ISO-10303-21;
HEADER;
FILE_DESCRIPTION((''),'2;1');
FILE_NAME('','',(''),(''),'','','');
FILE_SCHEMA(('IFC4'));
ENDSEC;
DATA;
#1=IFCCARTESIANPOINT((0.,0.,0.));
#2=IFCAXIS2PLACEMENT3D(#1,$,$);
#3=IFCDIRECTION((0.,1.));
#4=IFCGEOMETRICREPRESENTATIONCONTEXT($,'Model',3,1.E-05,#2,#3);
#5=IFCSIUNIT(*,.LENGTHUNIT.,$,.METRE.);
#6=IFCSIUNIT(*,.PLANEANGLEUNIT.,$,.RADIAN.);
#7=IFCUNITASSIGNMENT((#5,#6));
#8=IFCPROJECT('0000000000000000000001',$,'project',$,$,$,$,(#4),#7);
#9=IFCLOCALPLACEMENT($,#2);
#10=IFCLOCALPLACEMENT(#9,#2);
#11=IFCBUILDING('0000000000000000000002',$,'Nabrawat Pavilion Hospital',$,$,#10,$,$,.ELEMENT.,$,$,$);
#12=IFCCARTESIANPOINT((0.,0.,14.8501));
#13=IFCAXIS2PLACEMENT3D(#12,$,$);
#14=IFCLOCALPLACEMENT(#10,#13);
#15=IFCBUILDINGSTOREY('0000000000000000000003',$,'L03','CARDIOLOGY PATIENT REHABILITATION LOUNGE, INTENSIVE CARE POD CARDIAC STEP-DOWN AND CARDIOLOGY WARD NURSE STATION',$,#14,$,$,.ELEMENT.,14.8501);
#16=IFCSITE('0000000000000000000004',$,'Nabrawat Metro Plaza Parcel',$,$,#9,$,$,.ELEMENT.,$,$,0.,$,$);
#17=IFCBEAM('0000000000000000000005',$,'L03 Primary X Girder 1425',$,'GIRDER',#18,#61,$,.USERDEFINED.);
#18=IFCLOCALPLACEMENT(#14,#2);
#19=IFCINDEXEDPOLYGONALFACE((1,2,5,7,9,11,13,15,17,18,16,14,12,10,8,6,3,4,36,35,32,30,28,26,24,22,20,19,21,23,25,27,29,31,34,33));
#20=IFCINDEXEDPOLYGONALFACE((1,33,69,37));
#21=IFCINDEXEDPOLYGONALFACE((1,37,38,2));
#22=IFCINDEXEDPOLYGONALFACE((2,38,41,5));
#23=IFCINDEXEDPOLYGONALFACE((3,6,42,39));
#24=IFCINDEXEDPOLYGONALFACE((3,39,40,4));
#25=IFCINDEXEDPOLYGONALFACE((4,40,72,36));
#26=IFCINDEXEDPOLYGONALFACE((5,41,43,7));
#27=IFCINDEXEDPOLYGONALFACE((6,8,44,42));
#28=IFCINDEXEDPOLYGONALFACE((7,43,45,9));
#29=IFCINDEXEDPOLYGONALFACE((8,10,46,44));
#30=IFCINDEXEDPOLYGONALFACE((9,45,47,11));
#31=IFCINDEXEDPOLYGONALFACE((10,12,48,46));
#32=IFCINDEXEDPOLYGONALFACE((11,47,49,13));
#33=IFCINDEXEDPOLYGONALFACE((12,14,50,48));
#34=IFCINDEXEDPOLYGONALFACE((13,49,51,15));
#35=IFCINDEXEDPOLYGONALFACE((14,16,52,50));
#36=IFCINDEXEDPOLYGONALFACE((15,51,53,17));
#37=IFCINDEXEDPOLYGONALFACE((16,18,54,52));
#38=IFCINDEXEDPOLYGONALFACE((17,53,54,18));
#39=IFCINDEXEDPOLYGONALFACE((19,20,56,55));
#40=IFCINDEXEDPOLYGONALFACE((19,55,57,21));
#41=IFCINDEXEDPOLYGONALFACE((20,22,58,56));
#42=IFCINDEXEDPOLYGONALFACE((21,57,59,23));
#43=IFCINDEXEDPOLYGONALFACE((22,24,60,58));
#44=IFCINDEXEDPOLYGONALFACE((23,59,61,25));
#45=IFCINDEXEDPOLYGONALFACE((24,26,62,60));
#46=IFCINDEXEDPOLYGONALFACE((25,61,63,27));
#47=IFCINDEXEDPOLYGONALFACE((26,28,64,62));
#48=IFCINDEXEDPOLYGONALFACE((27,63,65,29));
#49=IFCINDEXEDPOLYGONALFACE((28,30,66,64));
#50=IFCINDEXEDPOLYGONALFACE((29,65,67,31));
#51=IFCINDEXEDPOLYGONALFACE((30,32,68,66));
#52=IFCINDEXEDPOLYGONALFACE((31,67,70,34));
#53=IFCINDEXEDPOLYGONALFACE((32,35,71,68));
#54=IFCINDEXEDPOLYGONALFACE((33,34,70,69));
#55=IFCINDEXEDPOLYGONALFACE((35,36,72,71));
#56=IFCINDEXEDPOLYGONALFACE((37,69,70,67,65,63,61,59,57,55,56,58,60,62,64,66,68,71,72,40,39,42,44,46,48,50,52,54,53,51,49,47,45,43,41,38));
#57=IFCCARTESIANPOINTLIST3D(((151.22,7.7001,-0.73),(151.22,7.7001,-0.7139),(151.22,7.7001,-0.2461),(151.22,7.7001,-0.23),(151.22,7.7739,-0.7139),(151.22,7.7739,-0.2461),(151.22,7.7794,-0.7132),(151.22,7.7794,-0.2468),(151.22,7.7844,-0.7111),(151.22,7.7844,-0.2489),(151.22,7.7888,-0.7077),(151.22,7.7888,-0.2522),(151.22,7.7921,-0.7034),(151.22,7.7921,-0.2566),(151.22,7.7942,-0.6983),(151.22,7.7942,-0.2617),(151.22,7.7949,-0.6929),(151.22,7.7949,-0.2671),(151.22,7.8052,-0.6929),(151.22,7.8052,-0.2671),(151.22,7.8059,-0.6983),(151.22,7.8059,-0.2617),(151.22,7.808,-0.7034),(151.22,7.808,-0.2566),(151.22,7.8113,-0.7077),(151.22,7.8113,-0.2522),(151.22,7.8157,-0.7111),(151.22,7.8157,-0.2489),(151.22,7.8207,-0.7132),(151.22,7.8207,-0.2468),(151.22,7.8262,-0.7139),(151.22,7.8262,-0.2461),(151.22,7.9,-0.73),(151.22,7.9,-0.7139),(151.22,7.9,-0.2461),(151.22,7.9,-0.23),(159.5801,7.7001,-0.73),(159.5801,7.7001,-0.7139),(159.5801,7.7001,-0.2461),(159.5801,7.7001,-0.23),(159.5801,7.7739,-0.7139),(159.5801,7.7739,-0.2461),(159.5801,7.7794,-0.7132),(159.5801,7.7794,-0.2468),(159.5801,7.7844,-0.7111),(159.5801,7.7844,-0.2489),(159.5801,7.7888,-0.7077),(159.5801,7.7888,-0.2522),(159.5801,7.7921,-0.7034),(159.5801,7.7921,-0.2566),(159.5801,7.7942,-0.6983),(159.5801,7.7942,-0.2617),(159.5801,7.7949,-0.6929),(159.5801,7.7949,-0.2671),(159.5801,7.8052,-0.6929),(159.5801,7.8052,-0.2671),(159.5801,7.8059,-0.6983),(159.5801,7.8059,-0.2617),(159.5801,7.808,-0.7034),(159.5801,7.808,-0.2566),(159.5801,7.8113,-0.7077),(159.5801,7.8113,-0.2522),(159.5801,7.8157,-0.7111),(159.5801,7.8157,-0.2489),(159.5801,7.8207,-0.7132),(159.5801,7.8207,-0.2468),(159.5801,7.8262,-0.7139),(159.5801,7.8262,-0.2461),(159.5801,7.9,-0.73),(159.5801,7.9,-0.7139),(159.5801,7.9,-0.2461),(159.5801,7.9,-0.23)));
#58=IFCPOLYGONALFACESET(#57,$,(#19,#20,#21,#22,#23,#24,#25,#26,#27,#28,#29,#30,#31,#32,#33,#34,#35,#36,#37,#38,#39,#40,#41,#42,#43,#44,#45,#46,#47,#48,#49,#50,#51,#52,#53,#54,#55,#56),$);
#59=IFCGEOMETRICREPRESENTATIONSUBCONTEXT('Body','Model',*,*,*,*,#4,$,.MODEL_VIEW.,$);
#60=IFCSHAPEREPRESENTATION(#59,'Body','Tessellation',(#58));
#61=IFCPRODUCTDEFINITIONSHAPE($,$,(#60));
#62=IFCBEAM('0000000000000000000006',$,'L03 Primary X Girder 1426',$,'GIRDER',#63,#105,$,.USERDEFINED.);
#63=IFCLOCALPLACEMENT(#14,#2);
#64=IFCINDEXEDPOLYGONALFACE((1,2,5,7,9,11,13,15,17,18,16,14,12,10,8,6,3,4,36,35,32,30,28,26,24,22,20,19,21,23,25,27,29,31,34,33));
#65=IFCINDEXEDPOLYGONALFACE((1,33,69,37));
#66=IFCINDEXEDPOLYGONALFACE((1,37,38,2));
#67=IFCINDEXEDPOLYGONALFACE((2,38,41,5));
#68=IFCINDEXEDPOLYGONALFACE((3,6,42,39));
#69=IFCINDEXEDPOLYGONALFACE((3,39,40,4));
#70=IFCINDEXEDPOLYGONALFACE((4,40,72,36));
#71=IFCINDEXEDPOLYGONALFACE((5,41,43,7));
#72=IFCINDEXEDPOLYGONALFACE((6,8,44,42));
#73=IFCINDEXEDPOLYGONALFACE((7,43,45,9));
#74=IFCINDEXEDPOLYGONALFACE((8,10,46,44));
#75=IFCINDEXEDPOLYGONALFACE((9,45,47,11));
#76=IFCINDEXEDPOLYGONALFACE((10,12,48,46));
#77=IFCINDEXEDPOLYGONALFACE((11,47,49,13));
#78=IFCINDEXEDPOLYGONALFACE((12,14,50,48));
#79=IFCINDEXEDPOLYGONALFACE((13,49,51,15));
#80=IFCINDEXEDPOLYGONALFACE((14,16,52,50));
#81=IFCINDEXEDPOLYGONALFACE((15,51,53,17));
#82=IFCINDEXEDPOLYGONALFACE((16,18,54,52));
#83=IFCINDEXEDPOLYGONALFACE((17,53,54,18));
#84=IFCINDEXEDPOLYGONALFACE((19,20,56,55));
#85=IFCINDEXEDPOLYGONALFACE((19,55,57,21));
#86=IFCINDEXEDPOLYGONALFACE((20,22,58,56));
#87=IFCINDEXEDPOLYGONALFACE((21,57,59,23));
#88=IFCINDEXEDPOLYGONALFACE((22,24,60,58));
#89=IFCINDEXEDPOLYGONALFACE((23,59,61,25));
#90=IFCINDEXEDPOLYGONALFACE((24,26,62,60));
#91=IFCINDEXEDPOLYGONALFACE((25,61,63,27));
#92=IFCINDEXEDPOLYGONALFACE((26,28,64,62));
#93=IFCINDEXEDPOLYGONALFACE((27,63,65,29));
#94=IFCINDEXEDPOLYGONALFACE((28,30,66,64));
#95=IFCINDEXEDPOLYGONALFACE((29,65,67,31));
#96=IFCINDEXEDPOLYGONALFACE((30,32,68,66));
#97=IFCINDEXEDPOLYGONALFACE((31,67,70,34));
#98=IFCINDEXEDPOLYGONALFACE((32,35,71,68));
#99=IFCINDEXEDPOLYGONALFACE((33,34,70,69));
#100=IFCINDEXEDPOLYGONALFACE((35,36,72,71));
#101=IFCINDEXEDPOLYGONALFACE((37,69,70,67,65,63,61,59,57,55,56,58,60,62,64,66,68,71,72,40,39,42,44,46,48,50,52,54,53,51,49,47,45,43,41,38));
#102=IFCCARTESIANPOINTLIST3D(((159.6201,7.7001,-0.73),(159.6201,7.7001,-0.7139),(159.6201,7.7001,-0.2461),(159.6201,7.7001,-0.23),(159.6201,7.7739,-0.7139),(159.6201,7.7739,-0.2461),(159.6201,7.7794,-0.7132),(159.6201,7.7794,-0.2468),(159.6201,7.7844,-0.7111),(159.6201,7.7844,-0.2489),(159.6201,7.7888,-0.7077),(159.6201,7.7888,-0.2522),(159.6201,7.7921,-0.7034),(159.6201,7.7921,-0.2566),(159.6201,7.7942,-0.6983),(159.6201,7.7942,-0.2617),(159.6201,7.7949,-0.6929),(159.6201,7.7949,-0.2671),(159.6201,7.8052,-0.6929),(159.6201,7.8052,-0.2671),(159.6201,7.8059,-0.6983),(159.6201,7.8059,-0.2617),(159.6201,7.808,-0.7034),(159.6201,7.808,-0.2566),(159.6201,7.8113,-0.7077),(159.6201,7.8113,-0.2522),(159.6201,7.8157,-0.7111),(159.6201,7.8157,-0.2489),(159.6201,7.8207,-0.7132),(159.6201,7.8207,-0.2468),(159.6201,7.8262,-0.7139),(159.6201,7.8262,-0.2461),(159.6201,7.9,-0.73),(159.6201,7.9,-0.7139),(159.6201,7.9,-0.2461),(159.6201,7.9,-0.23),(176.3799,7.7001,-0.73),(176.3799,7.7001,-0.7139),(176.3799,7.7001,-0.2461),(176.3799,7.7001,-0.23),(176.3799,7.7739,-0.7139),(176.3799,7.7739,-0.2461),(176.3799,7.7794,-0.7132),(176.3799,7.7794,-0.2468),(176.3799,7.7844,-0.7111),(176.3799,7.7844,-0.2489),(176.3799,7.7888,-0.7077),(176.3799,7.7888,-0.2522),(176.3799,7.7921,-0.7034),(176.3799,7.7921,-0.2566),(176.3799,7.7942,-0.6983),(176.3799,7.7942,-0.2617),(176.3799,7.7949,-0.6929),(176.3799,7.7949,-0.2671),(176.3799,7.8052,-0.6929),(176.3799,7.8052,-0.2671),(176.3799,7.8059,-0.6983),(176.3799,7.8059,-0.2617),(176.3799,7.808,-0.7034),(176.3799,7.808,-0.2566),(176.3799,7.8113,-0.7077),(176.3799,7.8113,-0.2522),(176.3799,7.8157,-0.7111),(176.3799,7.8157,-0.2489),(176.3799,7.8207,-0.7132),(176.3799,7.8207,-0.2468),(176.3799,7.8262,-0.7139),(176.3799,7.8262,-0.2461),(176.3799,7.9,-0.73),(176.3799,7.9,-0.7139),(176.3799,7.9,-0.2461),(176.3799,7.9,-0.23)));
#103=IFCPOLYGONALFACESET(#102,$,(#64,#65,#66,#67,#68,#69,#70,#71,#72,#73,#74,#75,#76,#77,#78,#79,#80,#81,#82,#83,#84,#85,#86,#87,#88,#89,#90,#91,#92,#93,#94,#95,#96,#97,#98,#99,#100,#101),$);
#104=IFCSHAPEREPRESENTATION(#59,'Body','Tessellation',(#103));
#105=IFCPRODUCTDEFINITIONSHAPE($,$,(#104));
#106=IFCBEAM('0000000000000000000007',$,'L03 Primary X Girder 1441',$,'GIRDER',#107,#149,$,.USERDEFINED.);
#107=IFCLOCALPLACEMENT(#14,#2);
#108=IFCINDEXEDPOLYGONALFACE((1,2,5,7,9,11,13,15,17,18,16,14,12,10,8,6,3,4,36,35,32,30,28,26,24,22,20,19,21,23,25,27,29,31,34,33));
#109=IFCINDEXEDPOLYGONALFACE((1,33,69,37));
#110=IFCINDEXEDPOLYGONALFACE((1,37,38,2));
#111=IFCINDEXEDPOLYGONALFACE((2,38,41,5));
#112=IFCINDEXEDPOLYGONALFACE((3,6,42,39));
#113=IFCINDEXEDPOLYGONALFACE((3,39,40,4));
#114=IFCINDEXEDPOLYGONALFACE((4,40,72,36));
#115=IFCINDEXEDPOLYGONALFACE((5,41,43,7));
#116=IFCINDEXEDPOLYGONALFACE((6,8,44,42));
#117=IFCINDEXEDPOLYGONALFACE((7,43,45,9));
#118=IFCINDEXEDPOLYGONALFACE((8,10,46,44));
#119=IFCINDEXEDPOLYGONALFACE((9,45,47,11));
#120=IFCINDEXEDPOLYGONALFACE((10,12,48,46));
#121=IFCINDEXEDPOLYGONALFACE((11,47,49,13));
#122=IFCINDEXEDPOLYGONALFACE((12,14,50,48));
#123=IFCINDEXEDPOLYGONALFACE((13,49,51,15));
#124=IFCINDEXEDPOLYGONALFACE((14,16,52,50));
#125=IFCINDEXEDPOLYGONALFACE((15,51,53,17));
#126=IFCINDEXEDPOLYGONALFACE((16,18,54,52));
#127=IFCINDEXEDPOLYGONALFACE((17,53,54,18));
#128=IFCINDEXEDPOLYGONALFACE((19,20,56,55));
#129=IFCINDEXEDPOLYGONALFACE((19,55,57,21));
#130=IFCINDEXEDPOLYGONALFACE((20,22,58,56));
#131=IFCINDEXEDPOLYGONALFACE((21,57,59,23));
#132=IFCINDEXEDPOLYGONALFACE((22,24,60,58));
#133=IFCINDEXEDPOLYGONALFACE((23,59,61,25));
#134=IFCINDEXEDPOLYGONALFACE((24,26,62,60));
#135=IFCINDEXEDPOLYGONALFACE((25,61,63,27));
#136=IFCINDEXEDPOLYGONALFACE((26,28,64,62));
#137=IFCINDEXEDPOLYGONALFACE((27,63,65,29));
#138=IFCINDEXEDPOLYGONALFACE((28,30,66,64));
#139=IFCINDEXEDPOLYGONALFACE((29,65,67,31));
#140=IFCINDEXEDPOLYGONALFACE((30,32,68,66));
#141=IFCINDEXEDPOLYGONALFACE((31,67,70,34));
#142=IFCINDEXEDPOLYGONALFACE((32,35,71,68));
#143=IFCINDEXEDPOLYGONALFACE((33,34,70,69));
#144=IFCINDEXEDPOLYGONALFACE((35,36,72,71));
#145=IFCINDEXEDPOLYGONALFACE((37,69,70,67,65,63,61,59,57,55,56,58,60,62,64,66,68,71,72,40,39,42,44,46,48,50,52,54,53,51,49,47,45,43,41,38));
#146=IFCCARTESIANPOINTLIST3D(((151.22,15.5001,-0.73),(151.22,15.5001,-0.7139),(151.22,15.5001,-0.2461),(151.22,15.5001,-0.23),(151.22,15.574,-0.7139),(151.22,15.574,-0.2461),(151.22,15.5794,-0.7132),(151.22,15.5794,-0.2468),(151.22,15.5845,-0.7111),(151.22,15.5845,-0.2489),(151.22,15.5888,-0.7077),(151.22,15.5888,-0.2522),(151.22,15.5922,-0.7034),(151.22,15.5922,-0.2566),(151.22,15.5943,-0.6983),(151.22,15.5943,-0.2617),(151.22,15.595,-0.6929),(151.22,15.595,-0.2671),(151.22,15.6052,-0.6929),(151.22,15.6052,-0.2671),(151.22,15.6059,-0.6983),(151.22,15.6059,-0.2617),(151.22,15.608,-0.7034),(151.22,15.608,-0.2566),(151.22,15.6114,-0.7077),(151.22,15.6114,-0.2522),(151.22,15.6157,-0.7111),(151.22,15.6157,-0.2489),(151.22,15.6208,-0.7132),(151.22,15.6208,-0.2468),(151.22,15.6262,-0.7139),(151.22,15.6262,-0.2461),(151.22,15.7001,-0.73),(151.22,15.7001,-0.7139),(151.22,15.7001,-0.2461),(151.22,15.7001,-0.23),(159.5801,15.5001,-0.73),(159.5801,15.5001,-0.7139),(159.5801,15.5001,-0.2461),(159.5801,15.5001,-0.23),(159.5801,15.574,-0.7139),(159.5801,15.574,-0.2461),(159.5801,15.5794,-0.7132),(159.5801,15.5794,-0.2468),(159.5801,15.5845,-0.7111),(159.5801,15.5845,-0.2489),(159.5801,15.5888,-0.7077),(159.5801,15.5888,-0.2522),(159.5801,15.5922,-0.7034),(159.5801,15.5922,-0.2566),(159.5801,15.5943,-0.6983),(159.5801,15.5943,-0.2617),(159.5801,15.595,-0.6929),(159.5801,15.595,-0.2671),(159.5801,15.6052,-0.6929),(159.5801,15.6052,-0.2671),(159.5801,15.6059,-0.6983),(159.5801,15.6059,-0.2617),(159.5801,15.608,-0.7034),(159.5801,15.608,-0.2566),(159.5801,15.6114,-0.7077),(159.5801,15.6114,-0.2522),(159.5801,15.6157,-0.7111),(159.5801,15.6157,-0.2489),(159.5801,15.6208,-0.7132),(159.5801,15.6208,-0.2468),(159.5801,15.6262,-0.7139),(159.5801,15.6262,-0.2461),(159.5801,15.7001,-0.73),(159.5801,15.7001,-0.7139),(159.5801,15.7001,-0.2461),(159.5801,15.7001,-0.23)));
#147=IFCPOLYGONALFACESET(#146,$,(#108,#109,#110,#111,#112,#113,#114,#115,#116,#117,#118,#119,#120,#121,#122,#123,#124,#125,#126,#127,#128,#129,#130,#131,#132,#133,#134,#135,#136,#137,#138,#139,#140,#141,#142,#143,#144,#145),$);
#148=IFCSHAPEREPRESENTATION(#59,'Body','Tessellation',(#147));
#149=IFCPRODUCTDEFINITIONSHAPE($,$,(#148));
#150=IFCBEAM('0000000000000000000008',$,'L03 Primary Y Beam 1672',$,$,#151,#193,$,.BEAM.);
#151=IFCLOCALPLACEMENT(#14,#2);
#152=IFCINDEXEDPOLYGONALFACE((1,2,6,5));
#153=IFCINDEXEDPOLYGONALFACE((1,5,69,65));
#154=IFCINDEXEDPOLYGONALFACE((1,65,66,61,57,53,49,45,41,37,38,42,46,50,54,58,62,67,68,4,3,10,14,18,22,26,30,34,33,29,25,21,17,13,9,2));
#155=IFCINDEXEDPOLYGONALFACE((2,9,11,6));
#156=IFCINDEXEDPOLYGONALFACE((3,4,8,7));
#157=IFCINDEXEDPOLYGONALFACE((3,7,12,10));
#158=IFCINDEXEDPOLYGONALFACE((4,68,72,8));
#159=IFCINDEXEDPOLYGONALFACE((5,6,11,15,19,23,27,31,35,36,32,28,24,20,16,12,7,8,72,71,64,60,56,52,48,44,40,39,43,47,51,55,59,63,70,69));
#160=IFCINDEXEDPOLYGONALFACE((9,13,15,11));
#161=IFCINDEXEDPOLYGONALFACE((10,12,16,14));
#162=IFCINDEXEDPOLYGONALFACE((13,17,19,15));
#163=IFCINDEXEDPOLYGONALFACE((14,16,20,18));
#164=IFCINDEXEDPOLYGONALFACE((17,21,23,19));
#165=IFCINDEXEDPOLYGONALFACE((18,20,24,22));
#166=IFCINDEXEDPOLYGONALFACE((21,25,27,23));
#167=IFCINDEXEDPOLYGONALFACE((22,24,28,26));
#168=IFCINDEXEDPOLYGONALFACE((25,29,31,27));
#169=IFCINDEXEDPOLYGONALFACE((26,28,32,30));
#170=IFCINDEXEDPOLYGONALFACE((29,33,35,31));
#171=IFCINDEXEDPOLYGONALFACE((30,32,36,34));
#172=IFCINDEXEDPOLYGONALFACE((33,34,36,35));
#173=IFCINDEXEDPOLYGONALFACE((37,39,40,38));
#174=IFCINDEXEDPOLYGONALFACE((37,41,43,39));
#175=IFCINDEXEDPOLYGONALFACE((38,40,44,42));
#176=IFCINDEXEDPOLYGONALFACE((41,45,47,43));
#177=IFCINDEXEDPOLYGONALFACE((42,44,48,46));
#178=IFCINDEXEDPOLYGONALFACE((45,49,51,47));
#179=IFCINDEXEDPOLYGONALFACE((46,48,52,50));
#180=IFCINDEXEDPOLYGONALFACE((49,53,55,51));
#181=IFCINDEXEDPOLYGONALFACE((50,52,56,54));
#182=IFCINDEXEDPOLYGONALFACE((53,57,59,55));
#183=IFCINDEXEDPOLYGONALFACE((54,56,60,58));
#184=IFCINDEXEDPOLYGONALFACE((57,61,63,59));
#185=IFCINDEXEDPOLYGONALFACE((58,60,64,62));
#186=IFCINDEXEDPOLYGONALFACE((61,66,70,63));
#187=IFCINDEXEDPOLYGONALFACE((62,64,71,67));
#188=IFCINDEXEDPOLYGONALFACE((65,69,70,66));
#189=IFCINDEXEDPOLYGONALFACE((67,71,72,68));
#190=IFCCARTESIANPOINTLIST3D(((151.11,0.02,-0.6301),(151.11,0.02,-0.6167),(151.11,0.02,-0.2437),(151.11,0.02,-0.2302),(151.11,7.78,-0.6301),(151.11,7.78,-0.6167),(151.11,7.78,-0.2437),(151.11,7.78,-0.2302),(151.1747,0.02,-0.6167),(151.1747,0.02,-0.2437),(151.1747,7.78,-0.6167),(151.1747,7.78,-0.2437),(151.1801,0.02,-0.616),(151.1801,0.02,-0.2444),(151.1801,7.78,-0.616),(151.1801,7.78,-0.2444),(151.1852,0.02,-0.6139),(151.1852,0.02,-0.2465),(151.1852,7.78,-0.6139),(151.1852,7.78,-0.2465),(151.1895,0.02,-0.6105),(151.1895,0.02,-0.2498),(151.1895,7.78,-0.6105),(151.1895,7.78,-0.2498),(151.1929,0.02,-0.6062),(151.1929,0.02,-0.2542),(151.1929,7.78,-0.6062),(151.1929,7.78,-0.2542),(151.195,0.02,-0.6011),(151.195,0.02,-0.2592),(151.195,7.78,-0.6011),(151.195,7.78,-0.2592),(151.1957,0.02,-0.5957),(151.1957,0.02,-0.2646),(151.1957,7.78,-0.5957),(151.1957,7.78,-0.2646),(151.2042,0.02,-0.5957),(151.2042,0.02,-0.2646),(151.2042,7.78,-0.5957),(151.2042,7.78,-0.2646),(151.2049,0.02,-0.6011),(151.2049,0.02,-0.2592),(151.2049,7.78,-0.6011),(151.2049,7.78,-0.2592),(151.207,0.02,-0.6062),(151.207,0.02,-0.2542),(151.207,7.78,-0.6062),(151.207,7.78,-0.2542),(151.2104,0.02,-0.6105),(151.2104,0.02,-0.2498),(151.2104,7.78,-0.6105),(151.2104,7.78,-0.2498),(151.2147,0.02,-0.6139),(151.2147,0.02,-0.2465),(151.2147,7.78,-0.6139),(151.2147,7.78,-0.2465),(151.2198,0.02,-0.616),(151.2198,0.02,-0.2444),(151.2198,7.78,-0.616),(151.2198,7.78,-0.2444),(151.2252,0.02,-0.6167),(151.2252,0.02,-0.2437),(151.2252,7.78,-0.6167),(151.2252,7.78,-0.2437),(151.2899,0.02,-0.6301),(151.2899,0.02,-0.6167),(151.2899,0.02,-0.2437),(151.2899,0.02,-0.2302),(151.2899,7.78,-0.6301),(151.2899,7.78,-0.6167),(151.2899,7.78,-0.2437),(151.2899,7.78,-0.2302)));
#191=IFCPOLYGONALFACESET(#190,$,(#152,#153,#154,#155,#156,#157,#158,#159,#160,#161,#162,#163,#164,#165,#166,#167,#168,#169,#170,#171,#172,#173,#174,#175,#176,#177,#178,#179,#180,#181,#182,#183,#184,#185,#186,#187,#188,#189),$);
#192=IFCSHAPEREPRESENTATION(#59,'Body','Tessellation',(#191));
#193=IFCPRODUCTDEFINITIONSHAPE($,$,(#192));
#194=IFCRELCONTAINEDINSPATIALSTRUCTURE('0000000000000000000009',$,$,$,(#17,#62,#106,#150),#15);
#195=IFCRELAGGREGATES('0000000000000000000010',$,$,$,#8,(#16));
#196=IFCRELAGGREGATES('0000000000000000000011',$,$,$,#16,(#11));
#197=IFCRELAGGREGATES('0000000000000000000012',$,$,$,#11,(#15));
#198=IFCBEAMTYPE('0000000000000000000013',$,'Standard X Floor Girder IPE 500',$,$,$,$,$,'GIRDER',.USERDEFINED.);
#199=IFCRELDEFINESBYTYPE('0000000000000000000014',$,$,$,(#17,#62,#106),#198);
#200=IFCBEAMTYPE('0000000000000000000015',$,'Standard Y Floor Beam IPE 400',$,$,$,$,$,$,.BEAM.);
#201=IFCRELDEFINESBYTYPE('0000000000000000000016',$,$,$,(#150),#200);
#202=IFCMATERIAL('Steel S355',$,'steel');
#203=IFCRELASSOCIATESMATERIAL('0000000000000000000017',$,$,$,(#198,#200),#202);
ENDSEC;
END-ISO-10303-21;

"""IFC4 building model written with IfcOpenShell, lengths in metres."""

from ifc_helpers import new_model, si_unit, direction, frame, origin, origin_2d, place, context, subcontext, project, spatial, i_section, extrude, material, material_profile, profile_set, type_object, element, save


model = new_model("IFC4")

# Units and contexts
model_context = context("Model", 3, precision=1e-05, world=origin(), true_north=direction((0.0, 1.0)))
body_context = subcontext(model_context, "Body", "Model", "MODEL_VIEW")
ifc_project = project(units=[si_unit("LENGTHUNIT", "METRE"), si_unit("PLANEANGLEUNIT", "RADIAN")], contexts=[model_context])

# Site, building, storey
site_placement = place(None, origin())
site = spatial("IfcSite", under=ifc_project, at=site_placement, Name="Nabrawat Metro Plaza Parcel", CompositionType="ELEMENT", RefElevation=0.0)
building_placement = place(site_placement, origin())
building = spatial("IfcBuilding", under=site, at=building_placement, Name="Nabrawat Pavilion Hospital", CompositionType="ELEMENT")
storey_placement = place(building_placement, frame((0.0, 0.0, 14.8501)))
storey = spatial("IfcBuildingStorey", under=building, at=storey_placement, Name="L03", Description="CARDIOLOGY PATIENT REHABILITATION LOUNGE, INTENSIVE CARE POD CARDIAC STEP-DOWN AND CARDIOLOGY WARD NURSE STATION", CompositionType="ELEMENT", Elevation=14.8501)

# Shared definitions
ifc_material_1 = material(Name="Steel S355", Category="steel")

# Beams
ifc_material_profile_1 = material_profile(ifc_material_1, i_section(OverallWidth=0.2, OverallDepth=0.5, WebThickness=0.0103, FlangeThickness=0.0161, FilletRadius=0.021, at=origin_2d()), Name="IPE 500")
ifc_profile_set_1 = profile_set([ifc_material_profile_1], Name="Steel S355")
beam_type_1 = type_object("IfcBeamType", Name="Standard X Floor Girder IPE 500", ElementType="GIRDER", PredefinedType="USERDEFINED", material=ifc_profile_set_1)
beam_1_placement = place(storey_placement, frame((151.22, 7.8, -0.48), z_axis=(1.0, 0.0, 0.0), x_axis=(0.0, 1.0, 0.0)))
element("IfcBeam", 1, at=beam_1_placement, inside=storey, type_object=beam_type_1, Name="L03 Primary X Girder 1425", ObjectType="GIRDER", PredefinedType="USERDEFINED", context=body_context, shape_type="SweptSolid", body=[
    extrude(i_section(OverallWidth=0.2, OverallDepth=0.5, WebThickness=0.0103, FlangeThickness=0.0161, FilletRadius=0.021, at=origin_2d()), origin(), (0.0, 0.0, 1.0), 8.3601),
])
beam_2_placement = place(storey_placement, frame((159.6201, 7.8, -0.48), z_axis=(1.0, 0.0, 0.0), x_axis=(0.0, 1.0, 0.0)))
element("IfcBeam", 2, at=beam_2_placement, inside=storey, type_object=beam_type_1, Name="L03 Primary X Girder 1426", ObjectType="GIRDER", PredefinedType="USERDEFINED", context=body_context, shape_type="SweptSolid", body=[
    extrude(i_section(OverallWidth=0.2, OverallDepth=0.5, WebThickness=0.0103, FlangeThickness=0.0161, FilletRadius=0.021, at=origin_2d()), origin(), (0.0, 0.0, 1.0), 16.7598),
])
beam_3_placement = place(storey_placement, frame((151.22, 15.6001, -0.48), z_axis=(1.0, 0.0, 0.0), x_axis=(0.0, 1.0, 0.0)))
element("IfcBeam", 3, at=beam_3_placement, inside=storey, type_object=beam_type_1, Name="L03 Primary X Girder 1441", ObjectType="GIRDER", PredefinedType="USERDEFINED", context=body_context, shape_type="SweptSolid", body=[
    extrude(i_section(OverallWidth=0.2, OverallDepth=0.5, WebThickness=0.0103, FlangeThickness=0.0161, FilletRadius=0.021, at=origin_2d()), origin(), (0.0, 0.0, 1.0), 8.3601),
])
ifc_material_profile_2 = material_profile(ifc_material_1, i_section(OverallWidth=0.1799, OverallDepth=0.3999, WebThickness=0.0085, FlangeThickness=0.0134, FilletRadius=0.021, at=origin_2d()), Name="IPE 400")
ifc_profile_set_2 = profile_set([ifc_material_profile_2], Name="Steel S355")
beam_type_2 = type_object("IfcBeamType", Name="Standard Y Floor Beam IPE 400", PredefinedType="BEAM", material=ifc_profile_set_2)
for number, where, z_axis, x_axis, name in (
    (4, (151.2, 0.02, -0.4302), (0.0, 1.0, 0.0), (-1.0, 0.0, 0.0), "L03 Primary Y Beam 1672"),
):
    element("IfcBeam", number, at=place(storey_placement, frame(where, z_axis=z_axis, x_axis=x_axis)), inside=storey, type_object=beam_type_2, Name=name, PredefinedType="BEAM", context=body_context, shape_type="SweptSolid", body=[
        extrude(i_section(OverallWidth=0.1799, OverallDepth=0.3999, WebThickness=0.0085, FlangeThickness=0.0134, FilletRadius=0.021, at=origin_2d()), origin(), (0.0, 0.0, 1.0), 7.76),
    ])

save(model, "model.ifc")
